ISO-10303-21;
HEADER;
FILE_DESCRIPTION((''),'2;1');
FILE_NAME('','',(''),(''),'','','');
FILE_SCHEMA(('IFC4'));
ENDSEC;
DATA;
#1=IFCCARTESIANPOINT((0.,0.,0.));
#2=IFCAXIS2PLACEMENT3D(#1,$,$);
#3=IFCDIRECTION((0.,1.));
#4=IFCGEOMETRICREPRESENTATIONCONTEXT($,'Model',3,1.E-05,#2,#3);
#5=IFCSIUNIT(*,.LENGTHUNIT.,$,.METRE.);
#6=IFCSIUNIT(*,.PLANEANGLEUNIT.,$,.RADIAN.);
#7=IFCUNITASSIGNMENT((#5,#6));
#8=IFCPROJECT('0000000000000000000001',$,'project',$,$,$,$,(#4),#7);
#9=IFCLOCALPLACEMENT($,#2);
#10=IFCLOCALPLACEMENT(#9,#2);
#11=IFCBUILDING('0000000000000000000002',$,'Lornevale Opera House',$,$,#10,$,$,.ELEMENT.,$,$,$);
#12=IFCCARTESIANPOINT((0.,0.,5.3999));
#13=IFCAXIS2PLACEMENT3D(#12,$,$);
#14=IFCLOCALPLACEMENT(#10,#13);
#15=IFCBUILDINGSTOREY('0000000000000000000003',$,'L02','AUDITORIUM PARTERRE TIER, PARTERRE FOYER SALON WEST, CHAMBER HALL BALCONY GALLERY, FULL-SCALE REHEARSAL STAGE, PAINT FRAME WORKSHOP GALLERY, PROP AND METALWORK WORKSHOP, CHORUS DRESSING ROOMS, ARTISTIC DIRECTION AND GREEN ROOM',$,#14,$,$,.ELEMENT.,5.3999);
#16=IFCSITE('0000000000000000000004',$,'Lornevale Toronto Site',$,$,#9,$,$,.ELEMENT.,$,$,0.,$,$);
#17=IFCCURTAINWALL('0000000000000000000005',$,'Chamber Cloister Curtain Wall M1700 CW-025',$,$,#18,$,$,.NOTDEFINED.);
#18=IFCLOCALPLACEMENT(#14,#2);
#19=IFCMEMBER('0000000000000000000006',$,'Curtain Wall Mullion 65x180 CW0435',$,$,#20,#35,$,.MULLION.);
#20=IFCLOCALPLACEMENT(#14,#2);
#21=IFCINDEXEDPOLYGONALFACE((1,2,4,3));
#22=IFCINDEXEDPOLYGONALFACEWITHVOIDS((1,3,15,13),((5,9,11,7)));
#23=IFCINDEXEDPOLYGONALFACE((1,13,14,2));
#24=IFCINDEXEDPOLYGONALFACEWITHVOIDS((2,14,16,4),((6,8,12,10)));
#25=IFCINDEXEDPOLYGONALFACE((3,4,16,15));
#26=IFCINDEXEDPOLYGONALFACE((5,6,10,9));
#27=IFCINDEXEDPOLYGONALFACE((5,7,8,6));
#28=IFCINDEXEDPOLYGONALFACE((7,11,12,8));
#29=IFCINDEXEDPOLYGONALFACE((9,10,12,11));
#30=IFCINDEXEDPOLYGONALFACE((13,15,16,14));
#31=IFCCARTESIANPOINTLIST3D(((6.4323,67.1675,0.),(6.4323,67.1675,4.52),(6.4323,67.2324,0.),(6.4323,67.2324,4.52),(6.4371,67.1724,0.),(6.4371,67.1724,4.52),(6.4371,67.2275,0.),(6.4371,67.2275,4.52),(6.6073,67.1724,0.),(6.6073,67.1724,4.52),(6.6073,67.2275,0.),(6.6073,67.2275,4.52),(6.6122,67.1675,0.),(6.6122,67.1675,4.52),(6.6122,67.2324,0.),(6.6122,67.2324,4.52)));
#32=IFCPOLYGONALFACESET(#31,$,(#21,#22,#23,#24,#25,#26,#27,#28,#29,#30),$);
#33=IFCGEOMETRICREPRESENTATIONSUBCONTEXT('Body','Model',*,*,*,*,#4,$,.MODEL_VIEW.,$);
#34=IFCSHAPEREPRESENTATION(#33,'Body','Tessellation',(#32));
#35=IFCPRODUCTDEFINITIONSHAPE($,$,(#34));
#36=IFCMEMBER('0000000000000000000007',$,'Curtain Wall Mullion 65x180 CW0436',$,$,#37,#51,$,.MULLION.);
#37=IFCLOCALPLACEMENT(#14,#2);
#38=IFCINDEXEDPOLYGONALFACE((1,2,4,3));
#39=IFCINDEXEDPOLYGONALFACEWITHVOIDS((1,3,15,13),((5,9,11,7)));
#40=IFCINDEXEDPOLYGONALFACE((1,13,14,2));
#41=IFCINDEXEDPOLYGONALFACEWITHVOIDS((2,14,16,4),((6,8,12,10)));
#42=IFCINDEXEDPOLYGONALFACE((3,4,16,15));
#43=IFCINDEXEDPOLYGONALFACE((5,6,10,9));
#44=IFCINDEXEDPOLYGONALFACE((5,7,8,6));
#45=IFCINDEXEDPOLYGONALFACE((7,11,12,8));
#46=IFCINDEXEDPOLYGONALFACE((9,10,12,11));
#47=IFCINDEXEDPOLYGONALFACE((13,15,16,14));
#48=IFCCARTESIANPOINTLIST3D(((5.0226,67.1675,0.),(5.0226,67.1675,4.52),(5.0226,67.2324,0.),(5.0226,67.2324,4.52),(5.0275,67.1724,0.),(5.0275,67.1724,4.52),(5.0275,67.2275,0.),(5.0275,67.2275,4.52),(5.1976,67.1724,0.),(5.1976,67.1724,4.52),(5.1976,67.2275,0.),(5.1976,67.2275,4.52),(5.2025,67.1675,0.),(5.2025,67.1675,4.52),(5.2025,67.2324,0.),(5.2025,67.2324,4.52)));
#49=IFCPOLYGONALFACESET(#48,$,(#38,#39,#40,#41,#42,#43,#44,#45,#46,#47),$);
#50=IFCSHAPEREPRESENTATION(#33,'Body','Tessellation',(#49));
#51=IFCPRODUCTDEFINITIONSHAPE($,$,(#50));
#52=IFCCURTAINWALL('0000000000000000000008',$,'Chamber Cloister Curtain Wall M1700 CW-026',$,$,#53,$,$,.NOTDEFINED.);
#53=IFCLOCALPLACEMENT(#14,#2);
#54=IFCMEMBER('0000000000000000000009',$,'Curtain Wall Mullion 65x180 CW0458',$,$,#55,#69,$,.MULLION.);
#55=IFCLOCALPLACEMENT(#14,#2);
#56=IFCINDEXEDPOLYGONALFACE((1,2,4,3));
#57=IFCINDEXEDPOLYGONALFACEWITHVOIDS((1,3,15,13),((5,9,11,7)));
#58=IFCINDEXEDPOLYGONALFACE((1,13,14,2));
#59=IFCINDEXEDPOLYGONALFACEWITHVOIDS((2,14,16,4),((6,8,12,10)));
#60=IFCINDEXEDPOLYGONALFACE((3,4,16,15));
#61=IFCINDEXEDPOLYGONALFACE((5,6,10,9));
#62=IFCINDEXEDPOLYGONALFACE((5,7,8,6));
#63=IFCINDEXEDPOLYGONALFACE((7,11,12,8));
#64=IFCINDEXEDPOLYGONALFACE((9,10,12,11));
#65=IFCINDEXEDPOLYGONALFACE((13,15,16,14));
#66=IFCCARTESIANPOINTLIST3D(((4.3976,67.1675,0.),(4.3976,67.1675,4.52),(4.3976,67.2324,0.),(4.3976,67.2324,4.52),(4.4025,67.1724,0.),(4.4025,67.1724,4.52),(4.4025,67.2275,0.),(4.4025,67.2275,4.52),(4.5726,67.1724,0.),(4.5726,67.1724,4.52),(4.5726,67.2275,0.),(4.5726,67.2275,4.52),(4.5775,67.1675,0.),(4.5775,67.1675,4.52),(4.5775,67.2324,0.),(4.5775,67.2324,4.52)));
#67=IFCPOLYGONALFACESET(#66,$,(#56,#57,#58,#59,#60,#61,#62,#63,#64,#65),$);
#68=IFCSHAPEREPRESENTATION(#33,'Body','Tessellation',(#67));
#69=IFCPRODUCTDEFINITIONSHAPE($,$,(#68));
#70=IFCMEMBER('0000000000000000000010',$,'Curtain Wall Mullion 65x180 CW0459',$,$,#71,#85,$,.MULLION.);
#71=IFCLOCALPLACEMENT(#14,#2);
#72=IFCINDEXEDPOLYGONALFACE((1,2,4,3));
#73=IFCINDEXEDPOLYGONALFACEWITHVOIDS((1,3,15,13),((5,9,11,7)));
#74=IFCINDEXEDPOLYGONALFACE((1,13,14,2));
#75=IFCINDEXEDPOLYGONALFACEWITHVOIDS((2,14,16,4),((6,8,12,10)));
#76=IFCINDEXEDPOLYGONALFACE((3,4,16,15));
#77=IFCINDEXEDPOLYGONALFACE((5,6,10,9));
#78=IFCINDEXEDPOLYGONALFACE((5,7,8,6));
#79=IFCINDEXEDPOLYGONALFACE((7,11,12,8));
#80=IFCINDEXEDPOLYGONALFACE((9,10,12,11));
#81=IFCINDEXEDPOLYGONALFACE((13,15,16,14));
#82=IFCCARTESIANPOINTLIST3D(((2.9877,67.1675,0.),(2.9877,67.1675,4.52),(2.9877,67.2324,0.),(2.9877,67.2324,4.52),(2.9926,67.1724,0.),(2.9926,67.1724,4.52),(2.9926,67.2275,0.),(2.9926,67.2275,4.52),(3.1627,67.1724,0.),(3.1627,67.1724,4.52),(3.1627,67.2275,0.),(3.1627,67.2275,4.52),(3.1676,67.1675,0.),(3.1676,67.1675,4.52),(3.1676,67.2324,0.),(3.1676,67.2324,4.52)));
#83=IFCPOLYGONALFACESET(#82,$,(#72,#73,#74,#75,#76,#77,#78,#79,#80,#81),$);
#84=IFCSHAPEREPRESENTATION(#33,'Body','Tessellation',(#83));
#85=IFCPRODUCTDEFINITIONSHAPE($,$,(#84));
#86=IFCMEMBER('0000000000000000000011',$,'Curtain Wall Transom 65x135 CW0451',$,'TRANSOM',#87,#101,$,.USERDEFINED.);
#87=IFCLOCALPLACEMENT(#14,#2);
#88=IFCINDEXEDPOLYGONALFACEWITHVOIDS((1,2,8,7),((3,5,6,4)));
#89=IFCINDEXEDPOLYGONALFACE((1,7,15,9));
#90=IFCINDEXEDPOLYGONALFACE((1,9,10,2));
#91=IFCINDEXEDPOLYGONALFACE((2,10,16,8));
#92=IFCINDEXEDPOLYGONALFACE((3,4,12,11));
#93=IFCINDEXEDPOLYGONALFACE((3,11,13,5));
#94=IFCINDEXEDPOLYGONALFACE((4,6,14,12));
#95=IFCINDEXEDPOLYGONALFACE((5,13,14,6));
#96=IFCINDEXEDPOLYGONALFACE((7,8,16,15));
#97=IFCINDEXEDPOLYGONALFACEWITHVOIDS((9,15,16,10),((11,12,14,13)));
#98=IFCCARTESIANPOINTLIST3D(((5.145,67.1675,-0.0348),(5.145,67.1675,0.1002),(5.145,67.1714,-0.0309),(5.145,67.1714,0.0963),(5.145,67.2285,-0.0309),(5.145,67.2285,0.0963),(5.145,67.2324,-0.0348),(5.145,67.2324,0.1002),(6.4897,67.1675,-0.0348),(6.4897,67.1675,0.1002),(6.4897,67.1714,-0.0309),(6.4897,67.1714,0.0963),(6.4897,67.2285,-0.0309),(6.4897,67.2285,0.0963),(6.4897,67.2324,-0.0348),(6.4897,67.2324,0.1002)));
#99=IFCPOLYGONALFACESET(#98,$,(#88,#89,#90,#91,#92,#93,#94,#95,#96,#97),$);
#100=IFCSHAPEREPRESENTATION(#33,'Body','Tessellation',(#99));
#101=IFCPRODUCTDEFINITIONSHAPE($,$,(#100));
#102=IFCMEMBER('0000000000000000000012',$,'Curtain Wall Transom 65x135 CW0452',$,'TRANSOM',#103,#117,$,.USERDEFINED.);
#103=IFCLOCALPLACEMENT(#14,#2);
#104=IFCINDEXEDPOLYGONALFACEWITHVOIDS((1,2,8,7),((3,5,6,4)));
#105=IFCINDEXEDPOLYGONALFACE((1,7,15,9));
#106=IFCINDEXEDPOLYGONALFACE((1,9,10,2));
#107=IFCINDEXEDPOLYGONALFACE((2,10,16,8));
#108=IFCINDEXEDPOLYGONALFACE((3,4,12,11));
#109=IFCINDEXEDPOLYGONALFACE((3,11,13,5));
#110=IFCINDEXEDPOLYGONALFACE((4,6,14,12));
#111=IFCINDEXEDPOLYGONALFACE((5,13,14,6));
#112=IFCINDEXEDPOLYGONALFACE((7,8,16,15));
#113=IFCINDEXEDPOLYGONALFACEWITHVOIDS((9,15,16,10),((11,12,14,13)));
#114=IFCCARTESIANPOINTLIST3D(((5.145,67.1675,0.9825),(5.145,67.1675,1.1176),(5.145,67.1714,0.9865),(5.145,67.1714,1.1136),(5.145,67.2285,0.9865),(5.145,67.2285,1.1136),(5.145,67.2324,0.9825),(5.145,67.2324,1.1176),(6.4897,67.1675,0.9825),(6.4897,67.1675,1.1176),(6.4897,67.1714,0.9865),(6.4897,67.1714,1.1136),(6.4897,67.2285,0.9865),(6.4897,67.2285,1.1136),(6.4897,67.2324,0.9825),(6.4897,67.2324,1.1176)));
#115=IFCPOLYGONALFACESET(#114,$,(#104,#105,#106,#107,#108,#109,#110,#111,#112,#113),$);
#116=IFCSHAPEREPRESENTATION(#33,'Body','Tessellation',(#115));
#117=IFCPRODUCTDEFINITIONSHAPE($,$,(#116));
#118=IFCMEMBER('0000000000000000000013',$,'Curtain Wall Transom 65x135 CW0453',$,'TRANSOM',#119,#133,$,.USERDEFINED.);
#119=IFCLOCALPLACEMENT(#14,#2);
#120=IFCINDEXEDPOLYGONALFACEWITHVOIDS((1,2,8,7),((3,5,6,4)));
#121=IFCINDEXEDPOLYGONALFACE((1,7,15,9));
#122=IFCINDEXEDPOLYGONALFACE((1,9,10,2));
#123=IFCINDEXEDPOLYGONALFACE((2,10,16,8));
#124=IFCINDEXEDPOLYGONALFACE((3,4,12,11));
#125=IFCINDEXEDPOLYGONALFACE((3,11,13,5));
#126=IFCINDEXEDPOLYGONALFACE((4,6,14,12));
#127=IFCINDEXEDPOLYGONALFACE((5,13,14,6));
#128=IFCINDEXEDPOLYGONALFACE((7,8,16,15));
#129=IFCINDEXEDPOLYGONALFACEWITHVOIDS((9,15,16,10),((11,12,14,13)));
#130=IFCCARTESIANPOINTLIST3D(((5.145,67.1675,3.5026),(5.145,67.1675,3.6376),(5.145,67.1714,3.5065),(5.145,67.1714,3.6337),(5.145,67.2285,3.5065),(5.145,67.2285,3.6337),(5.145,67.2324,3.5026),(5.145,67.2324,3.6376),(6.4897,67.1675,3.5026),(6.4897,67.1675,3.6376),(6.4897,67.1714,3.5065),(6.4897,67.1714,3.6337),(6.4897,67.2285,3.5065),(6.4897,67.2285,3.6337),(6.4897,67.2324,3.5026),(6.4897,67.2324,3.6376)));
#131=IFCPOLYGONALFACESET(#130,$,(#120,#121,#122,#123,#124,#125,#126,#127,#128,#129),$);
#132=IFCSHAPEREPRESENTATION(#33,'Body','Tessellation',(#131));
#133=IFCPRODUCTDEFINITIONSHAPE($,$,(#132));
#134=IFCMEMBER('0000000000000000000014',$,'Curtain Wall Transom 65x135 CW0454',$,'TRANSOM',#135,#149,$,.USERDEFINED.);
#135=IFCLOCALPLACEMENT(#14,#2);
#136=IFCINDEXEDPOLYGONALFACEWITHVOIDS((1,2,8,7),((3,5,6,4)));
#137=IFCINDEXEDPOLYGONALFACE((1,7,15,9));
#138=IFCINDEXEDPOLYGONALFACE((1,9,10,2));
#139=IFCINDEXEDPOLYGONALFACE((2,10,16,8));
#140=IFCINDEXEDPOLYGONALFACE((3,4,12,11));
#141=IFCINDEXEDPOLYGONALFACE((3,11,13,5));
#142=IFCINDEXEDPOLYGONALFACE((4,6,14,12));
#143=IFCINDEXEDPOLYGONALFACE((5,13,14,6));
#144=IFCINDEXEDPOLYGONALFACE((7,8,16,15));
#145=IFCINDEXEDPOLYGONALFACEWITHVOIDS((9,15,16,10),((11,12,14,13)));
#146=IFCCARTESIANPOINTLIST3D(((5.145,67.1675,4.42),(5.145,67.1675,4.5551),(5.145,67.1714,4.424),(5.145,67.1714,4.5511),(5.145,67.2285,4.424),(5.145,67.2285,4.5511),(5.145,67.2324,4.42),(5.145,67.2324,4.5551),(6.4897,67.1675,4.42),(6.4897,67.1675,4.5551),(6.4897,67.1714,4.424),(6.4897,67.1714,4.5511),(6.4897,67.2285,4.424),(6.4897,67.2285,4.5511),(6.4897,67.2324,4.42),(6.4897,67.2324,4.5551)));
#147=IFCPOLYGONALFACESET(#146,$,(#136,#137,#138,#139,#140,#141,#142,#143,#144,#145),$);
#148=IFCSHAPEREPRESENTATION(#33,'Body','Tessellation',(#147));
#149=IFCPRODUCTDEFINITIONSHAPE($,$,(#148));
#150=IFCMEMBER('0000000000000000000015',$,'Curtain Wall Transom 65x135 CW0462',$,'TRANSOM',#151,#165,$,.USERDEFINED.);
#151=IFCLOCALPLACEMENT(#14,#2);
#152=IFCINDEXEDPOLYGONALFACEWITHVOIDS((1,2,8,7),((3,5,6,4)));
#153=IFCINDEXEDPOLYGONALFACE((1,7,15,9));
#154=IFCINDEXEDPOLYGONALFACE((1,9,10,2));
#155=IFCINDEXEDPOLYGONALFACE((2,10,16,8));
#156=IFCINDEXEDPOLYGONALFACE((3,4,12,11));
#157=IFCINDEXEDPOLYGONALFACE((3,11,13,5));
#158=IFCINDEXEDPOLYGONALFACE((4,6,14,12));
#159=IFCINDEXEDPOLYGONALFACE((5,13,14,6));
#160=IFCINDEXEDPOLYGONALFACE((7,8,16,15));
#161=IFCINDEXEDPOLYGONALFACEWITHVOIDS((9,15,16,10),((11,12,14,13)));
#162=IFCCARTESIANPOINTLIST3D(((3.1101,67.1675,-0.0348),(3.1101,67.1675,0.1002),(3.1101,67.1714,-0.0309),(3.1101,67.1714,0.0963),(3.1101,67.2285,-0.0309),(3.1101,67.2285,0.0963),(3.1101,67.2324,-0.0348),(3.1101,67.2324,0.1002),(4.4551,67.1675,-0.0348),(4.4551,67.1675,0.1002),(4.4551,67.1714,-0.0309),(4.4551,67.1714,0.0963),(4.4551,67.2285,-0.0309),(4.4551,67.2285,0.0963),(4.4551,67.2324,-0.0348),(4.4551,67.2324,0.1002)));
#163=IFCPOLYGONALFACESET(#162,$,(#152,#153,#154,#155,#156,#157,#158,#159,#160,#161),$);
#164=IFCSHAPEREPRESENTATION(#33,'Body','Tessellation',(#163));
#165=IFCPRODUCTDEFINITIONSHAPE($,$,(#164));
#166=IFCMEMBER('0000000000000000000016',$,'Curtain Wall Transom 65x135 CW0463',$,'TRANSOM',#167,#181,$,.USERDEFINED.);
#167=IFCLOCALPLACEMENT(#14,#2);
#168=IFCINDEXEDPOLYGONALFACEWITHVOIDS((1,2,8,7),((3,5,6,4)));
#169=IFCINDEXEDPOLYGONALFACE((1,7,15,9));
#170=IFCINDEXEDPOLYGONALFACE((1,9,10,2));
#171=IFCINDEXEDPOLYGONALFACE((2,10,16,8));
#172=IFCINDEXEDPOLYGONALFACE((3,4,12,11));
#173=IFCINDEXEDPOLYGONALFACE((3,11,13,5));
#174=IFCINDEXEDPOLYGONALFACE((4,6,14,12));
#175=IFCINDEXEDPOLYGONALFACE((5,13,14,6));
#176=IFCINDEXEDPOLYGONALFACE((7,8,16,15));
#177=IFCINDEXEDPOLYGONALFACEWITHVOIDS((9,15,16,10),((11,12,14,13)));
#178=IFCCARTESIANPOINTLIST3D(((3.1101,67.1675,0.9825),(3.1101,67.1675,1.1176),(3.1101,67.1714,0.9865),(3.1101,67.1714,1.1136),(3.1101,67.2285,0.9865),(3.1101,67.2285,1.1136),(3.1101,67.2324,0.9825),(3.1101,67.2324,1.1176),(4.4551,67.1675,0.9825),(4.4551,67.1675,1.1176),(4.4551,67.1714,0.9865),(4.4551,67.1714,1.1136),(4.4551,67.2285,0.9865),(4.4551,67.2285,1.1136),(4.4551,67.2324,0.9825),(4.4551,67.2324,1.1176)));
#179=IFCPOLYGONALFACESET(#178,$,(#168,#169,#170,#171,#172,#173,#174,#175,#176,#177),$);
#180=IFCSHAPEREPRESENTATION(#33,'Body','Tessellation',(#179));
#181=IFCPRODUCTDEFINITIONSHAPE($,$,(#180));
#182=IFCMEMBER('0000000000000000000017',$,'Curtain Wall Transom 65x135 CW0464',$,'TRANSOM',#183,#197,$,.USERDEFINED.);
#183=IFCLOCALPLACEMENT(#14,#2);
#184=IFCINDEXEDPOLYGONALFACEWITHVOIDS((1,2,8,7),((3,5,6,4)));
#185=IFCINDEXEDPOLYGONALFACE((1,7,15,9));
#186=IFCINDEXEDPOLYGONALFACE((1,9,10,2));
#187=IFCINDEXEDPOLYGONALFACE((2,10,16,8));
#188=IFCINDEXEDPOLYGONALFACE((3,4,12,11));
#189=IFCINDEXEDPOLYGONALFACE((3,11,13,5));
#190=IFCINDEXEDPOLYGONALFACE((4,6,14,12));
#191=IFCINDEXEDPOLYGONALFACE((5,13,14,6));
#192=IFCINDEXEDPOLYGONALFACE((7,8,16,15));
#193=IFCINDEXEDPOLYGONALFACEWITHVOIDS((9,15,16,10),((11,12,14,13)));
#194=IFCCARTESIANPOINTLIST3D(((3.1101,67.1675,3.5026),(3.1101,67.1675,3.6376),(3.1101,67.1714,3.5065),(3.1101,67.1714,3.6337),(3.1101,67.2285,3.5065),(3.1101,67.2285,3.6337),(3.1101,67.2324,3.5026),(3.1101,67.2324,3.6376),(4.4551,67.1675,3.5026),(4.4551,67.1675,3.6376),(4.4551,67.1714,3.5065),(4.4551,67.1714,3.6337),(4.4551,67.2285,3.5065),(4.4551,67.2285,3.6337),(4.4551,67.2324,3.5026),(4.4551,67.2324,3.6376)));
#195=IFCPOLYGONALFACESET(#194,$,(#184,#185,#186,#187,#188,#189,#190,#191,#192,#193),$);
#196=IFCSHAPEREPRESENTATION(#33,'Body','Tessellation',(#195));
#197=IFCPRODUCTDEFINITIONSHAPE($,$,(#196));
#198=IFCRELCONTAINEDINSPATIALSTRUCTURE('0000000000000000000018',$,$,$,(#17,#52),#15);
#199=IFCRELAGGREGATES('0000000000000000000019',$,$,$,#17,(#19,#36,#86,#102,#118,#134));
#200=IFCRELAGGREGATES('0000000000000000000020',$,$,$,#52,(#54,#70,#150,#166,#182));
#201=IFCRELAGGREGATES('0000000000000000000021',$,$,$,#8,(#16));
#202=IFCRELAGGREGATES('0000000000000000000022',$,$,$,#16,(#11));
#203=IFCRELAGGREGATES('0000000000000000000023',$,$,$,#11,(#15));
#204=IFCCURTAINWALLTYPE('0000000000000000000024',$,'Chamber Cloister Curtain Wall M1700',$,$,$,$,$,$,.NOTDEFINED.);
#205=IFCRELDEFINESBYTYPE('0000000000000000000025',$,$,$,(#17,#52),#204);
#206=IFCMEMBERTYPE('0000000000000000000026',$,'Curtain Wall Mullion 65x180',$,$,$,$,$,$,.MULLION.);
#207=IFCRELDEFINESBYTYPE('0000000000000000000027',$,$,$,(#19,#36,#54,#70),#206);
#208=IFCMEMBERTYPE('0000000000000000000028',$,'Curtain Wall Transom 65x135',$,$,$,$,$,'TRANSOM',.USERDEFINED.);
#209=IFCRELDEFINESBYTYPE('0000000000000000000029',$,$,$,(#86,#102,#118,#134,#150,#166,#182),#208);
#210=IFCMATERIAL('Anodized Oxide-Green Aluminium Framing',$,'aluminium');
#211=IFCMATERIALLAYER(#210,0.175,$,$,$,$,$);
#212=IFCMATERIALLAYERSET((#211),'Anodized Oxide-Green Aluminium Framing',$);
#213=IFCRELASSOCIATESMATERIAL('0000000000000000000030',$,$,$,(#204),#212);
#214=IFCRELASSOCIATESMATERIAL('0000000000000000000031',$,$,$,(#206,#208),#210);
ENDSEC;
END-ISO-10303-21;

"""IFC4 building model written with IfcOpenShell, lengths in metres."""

from ifc_helpers import new_model, si_unit, direction, frame, origin, origin_2d, place, context, subcontext, project, spatial, hollow_rectangle, extrude, material, layer, layer_set, material_profile, profile_set, type_object, element, aggregate, save


model = new_model("IFC4")

# Units and contexts
model_context = context("Model", 3, precision=1e-05, world=origin(), true_north=direction((0.0, 1.0)))
body_context = subcontext(model_context, "Body", "Model", "MODEL_VIEW")
ifc_project = project(units=[si_unit("LENGTHUNIT", "METRE"), si_unit("PLANEANGLEUNIT", "RADIAN")], contexts=[model_context])

# Site, building, storey
site_placement = place(None, origin())
site = spatial("IfcSite", under=ifc_project, at=site_placement, Name="Lornevale Toronto Site", CompositionType="ELEMENT", RefElevation=0.0)
building_placement = place(site_placement, origin())
building = spatial("IfcBuilding", under=site, at=building_placement, Name="Lornevale Opera House", CompositionType="ELEMENT")
storey_placement = place(building_placement, frame((0.0, 0.0, 5.3999)))
storey = spatial("IfcBuildingStorey", under=building, at=storey_placement, Name="L02", Description="AUDITORIUM PARTERRE TIER, PARTERRE FOYER SALON WEST, CHAMBER HALL BALCONY GALLERY, FULL-SCALE REHEARSAL STAGE, PAINT FRAME WORKSHOP GALLERY, PROP AND METALWORK WORKSHOP, CHORUS DRESSING ROOMS, ARTISTIC DIRECTION AND GREEN ROOM", CompositionType="ELEMENT", Elevation=5.3999)

# Curtain walls, members
ifc_material_1 = material(Name="Anodized Oxide-Green Aluminium Framing", Category="aluminium")
ifc_layer_1 = layer(ifc_material_1, 0.175)
ifc_layer_set_1 = layer_set([ifc_layer_1], Name="Anodized Oxide-Green Aluminium Framing")
curtain_wall_type = type_object("IfcCurtainWallType", Name="Chamber Cloister Curtain Wall M1700", PredefinedType="NOTDEFINED", material=ifc_layer_set_1)
curtain_wall_1_placement = place(storey_placement, origin())
curtain_wall_1 = element("IfcCurtainWall", 1, at=curtain_wall_1_placement, inside=storey, type_object=curtain_wall_type, Name="Chamber Cloister Curtain Wall M1700 CW-025", PredefinedType="NOTDEFINED")
ifc_material_profile_1 = material_profile(ifc_material_1, hollow_rectangle(XDim=0.0649, YDim=0.1799, WallThickness=0.0049, at=origin_2d()), Name="ALU65x180x5")
ifc_profile_set_1 = profile_set([ifc_material_profile_1], Name="Anodized Oxide-Green Aluminium Framing")
member_type_1 = type_object("IfcMemberType", Name="Curtain Wall Mullion 65x180", PredefinedType="MULLION", material=ifc_profile_set_1)
member_1_placement = place(storey_placement, frame((6.5222, 67.2, 0.0), z_axis=(0.0, 0.0, 1.0), x_axis=(0.0, -1.0, 0.0)))
member_1 = element("IfcMember", 2, at=member_1_placement, type_object=member_type_1, Name="Curtain Wall Mullion 65x180 CW0435", PredefinedType="MULLION", context=body_context, shape_type="SweptSolid", body=[
    extrude(hollow_rectangle(XDim=0.0649, YDim=0.1799, WallThickness=0.0049, at=origin_2d()), origin(), (0.0, 0.0, 1.0), 4.52),
])
member_2_placement = place(storey_placement, frame((5.1125, 67.2, 0.0), z_axis=(0.0, 0.0, 1.0), x_axis=(0.0, -1.0, 0.0)))
member_2 = element("IfcMember", 3, at=member_2_placement, type_object=member_type_1, Name="Curtain Wall Mullion 65x180 CW0436", PredefinedType="MULLION", context=body_context, shape_type="SweptSolid", body=[
    extrude(hollow_rectangle(XDim=0.0649, YDim=0.1799, WallThickness=0.0049, at=origin_2d()), origin(), (0.0, 0.0, 1.0), 4.52),
])
curtain_wall_2_placement = place(storey_placement, origin())
curtain_wall_2 = element("IfcCurtainWall", 4, at=curtain_wall_2_placement, inside=storey, type_object=curtain_wall_type, Name="Chamber Cloister Curtain Wall M1700 CW-026", PredefinedType="NOTDEFINED")
member_3_placement = place(storey_placement, frame((4.4875, 67.2, 0.0), z_axis=(0.0, 0.0, 1.0), x_axis=(0.0, -1.0, 0.0)))
member_3 = element("IfcMember", 5, at=member_3_placement, type_object=member_type_1, Name="Curtain Wall Mullion 65x180 CW0458", PredefinedType="MULLION", context=body_context, shape_type="SweptSolid", body=[
    extrude(hollow_rectangle(XDim=0.0649, YDim=0.1799, WallThickness=0.0049, at=origin_2d()), origin(), (0.0, 0.0, 1.0), 4.52),
])
member_4_placement = place(storey_placement, frame((3.0776, 67.2, 0.0), z_axis=(0.0, 0.0, 1.0), x_axis=(0.0, -1.0, 0.0)))
member_4 = element("IfcMember", 6, at=member_4_placement, type_object=member_type_1, Name="Curtain Wall Mullion 65x180 CW0459", PredefinedType="MULLION", context=body_context, shape_type="SweptSolid", body=[
    extrude(hollow_rectangle(XDim=0.0649, YDim=0.1799, WallThickness=0.0049, at=origin_2d()), origin(), (0.0, 0.0, 1.0), 4.52),
])

# Members
ifc_material_profile_2 = material_profile(ifc_material_1, hollow_rectangle(XDim=0.0649, YDim=0.135, WallThickness=0.0039, at=origin_2d()), Name="ALU65x135x4")
ifc_profile_set_2 = profile_set([ifc_material_profile_2], Name="Anodized Oxide-Green Aluminium Framing")
member_type_2 = type_object("IfcMemberType", Name="Curtain Wall Transom 65x135", ElementType="TRANSOM", PredefinedType="USERDEFINED", material=ifc_profile_set_2)
member_5_placement = place(storey_placement, frame((6.4897, 67.2, 0.0327), z_axis=(-1.0, 0.0, 0.0), x_axis=(0.0, -1.0, 0.0)))
member_5 = element("IfcMember", 7, at=member_5_placement, type_object=member_type_2, Name="Curtain Wall Transom 65x135 CW0451", ObjectType="TRANSOM", PredefinedType="USERDEFINED", context=body_context, shape_type="SweptSolid", body=[
    extrude(hollow_rectangle(XDim=0.0649, YDim=0.135, WallThickness=0.0039, at=origin_2d()), origin(), (0.0, 0.0, 1.0), 1.3447),
])
member_6_placement = place(storey_placement, frame((6.4897, 67.2, 1.05), z_axis=(-1.0, 0.0, 0.0), x_axis=(0.0, -1.0, 0.0)))
member_6 = element("IfcMember", 8, at=member_6_placement, type_object=member_type_2, Name="Curtain Wall Transom 65x135 CW0452", ObjectType="TRANSOM", PredefinedType="USERDEFINED", context=body_context, shape_type="SweptSolid", body=[
    extrude(hollow_rectangle(XDim=0.0649, YDim=0.135, WallThickness=0.0039, at=origin_2d()), origin(), (0.0, 0.0, 1.0), 1.3447),
])
member_7_placement = place(storey_placement, frame((6.4897, 67.2, 3.5701), z_axis=(-1.0, 0.0, 0.0), x_axis=(0.0, -1.0, 0.0)))
member_7 = element("IfcMember", 9, at=member_7_placement, type_object=member_type_2, Name="Curtain Wall Transom 65x135 CW0453", ObjectType="TRANSOM", PredefinedType="USERDEFINED", context=body_context, shape_type="SweptSolid", body=[
    extrude(hollow_rectangle(XDim=0.0649, YDim=0.135, WallThickness=0.0039, at=origin_2d()), origin(), (0.0, 0.0, 1.0), 1.3447),
])
member_8_placement = place(storey_placement, frame((6.4897, 67.2, 4.4875), z_axis=(-1.0, 0.0, 0.0), x_axis=(0.0, -1.0, 0.0)))
member_8 = element("IfcMember", 10, at=member_8_placement, type_object=member_type_2, Name="Curtain Wall Transom 65x135 CW0454", ObjectType="TRANSOM", PredefinedType="USERDEFINED", context=body_context, shape_type="SweptSolid", body=[
    extrude(hollow_rectangle(XDim=0.0649, YDim=0.135, WallThickness=0.0039, at=origin_2d()), origin(), (0.0, 0.0, 1.0), 1.3447),
])
member_9_placement = place(storey_placement, frame((4.4551, 67.2, 0.0327), z_axis=(-1.0, 0.0, 0.0), x_axis=(0.0, -1.0, 0.0)))
member_9 = element("IfcMember", 11, at=member_9_placement, type_object=member_type_2, Name="Curtain Wall Transom 65x135 CW0462", ObjectType="TRANSOM", PredefinedType="USERDEFINED", context=body_context, shape_type="SweptSolid", body=[
    extrude(hollow_rectangle(XDim=0.0649, YDim=0.135, WallThickness=0.0039, at=origin_2d()), origin(), (0.0, 0.0, 1.0), 1.345),
])
member_10_placement = place(storey_placement, frame((4.4551, 67.2, 1.05), z_axis=(-1.0, 0.0, 0.0), x_axis=(0.0, -1.0, 0.0)))
member_10 = element("IfcMember", 12, at=member_10_placement, type_object=member_type_2, Name="Curtain Wall Transom 65x135 CW0463", ObjectType="TRANSOM", PredefinedType="USERDEFINED", context=body_context, shape_type="SweptSolid", body=[
    extrude(hollow_rectangle(XDim=0.0649, YDim=0.135, WallThickness=0.0039, at=origin_2d()), origin(), (0.0, 0.0, 1.0), 1.345),
])
member_11_placement = place(storey_placement, frame((4.4551, 67.2, 3.5701), z_axis=(-1.0, 0.0, 0.0), x_axis=(0.0, -1.0, 0.0)))
member_11 = element("IfcMember", 13, at=member_11_placement, type_object=member_type_2, Name="Curtain Wall Transom 65x135 CW0464", ObjectType="TRANSOM", PredefinedType="USERDEFINED", context=body_context, shape_type="SweptSolid", body=[
    extrude(hollow_rectangle(XDim=0.0649, YDim=0.135, WallThickness=0.0039, at=origin_2d()), origin(), (0.0, 0.0, 1.0), 1.345),
])

aggregate(curtain_wall_1, [member_1, member_2, member_5, member_6, member_7, member_8])
aggregate(curtain_wall_2, [member_3, member_4, member_9, member_10, member_11])

save(model, "model.ifc")
